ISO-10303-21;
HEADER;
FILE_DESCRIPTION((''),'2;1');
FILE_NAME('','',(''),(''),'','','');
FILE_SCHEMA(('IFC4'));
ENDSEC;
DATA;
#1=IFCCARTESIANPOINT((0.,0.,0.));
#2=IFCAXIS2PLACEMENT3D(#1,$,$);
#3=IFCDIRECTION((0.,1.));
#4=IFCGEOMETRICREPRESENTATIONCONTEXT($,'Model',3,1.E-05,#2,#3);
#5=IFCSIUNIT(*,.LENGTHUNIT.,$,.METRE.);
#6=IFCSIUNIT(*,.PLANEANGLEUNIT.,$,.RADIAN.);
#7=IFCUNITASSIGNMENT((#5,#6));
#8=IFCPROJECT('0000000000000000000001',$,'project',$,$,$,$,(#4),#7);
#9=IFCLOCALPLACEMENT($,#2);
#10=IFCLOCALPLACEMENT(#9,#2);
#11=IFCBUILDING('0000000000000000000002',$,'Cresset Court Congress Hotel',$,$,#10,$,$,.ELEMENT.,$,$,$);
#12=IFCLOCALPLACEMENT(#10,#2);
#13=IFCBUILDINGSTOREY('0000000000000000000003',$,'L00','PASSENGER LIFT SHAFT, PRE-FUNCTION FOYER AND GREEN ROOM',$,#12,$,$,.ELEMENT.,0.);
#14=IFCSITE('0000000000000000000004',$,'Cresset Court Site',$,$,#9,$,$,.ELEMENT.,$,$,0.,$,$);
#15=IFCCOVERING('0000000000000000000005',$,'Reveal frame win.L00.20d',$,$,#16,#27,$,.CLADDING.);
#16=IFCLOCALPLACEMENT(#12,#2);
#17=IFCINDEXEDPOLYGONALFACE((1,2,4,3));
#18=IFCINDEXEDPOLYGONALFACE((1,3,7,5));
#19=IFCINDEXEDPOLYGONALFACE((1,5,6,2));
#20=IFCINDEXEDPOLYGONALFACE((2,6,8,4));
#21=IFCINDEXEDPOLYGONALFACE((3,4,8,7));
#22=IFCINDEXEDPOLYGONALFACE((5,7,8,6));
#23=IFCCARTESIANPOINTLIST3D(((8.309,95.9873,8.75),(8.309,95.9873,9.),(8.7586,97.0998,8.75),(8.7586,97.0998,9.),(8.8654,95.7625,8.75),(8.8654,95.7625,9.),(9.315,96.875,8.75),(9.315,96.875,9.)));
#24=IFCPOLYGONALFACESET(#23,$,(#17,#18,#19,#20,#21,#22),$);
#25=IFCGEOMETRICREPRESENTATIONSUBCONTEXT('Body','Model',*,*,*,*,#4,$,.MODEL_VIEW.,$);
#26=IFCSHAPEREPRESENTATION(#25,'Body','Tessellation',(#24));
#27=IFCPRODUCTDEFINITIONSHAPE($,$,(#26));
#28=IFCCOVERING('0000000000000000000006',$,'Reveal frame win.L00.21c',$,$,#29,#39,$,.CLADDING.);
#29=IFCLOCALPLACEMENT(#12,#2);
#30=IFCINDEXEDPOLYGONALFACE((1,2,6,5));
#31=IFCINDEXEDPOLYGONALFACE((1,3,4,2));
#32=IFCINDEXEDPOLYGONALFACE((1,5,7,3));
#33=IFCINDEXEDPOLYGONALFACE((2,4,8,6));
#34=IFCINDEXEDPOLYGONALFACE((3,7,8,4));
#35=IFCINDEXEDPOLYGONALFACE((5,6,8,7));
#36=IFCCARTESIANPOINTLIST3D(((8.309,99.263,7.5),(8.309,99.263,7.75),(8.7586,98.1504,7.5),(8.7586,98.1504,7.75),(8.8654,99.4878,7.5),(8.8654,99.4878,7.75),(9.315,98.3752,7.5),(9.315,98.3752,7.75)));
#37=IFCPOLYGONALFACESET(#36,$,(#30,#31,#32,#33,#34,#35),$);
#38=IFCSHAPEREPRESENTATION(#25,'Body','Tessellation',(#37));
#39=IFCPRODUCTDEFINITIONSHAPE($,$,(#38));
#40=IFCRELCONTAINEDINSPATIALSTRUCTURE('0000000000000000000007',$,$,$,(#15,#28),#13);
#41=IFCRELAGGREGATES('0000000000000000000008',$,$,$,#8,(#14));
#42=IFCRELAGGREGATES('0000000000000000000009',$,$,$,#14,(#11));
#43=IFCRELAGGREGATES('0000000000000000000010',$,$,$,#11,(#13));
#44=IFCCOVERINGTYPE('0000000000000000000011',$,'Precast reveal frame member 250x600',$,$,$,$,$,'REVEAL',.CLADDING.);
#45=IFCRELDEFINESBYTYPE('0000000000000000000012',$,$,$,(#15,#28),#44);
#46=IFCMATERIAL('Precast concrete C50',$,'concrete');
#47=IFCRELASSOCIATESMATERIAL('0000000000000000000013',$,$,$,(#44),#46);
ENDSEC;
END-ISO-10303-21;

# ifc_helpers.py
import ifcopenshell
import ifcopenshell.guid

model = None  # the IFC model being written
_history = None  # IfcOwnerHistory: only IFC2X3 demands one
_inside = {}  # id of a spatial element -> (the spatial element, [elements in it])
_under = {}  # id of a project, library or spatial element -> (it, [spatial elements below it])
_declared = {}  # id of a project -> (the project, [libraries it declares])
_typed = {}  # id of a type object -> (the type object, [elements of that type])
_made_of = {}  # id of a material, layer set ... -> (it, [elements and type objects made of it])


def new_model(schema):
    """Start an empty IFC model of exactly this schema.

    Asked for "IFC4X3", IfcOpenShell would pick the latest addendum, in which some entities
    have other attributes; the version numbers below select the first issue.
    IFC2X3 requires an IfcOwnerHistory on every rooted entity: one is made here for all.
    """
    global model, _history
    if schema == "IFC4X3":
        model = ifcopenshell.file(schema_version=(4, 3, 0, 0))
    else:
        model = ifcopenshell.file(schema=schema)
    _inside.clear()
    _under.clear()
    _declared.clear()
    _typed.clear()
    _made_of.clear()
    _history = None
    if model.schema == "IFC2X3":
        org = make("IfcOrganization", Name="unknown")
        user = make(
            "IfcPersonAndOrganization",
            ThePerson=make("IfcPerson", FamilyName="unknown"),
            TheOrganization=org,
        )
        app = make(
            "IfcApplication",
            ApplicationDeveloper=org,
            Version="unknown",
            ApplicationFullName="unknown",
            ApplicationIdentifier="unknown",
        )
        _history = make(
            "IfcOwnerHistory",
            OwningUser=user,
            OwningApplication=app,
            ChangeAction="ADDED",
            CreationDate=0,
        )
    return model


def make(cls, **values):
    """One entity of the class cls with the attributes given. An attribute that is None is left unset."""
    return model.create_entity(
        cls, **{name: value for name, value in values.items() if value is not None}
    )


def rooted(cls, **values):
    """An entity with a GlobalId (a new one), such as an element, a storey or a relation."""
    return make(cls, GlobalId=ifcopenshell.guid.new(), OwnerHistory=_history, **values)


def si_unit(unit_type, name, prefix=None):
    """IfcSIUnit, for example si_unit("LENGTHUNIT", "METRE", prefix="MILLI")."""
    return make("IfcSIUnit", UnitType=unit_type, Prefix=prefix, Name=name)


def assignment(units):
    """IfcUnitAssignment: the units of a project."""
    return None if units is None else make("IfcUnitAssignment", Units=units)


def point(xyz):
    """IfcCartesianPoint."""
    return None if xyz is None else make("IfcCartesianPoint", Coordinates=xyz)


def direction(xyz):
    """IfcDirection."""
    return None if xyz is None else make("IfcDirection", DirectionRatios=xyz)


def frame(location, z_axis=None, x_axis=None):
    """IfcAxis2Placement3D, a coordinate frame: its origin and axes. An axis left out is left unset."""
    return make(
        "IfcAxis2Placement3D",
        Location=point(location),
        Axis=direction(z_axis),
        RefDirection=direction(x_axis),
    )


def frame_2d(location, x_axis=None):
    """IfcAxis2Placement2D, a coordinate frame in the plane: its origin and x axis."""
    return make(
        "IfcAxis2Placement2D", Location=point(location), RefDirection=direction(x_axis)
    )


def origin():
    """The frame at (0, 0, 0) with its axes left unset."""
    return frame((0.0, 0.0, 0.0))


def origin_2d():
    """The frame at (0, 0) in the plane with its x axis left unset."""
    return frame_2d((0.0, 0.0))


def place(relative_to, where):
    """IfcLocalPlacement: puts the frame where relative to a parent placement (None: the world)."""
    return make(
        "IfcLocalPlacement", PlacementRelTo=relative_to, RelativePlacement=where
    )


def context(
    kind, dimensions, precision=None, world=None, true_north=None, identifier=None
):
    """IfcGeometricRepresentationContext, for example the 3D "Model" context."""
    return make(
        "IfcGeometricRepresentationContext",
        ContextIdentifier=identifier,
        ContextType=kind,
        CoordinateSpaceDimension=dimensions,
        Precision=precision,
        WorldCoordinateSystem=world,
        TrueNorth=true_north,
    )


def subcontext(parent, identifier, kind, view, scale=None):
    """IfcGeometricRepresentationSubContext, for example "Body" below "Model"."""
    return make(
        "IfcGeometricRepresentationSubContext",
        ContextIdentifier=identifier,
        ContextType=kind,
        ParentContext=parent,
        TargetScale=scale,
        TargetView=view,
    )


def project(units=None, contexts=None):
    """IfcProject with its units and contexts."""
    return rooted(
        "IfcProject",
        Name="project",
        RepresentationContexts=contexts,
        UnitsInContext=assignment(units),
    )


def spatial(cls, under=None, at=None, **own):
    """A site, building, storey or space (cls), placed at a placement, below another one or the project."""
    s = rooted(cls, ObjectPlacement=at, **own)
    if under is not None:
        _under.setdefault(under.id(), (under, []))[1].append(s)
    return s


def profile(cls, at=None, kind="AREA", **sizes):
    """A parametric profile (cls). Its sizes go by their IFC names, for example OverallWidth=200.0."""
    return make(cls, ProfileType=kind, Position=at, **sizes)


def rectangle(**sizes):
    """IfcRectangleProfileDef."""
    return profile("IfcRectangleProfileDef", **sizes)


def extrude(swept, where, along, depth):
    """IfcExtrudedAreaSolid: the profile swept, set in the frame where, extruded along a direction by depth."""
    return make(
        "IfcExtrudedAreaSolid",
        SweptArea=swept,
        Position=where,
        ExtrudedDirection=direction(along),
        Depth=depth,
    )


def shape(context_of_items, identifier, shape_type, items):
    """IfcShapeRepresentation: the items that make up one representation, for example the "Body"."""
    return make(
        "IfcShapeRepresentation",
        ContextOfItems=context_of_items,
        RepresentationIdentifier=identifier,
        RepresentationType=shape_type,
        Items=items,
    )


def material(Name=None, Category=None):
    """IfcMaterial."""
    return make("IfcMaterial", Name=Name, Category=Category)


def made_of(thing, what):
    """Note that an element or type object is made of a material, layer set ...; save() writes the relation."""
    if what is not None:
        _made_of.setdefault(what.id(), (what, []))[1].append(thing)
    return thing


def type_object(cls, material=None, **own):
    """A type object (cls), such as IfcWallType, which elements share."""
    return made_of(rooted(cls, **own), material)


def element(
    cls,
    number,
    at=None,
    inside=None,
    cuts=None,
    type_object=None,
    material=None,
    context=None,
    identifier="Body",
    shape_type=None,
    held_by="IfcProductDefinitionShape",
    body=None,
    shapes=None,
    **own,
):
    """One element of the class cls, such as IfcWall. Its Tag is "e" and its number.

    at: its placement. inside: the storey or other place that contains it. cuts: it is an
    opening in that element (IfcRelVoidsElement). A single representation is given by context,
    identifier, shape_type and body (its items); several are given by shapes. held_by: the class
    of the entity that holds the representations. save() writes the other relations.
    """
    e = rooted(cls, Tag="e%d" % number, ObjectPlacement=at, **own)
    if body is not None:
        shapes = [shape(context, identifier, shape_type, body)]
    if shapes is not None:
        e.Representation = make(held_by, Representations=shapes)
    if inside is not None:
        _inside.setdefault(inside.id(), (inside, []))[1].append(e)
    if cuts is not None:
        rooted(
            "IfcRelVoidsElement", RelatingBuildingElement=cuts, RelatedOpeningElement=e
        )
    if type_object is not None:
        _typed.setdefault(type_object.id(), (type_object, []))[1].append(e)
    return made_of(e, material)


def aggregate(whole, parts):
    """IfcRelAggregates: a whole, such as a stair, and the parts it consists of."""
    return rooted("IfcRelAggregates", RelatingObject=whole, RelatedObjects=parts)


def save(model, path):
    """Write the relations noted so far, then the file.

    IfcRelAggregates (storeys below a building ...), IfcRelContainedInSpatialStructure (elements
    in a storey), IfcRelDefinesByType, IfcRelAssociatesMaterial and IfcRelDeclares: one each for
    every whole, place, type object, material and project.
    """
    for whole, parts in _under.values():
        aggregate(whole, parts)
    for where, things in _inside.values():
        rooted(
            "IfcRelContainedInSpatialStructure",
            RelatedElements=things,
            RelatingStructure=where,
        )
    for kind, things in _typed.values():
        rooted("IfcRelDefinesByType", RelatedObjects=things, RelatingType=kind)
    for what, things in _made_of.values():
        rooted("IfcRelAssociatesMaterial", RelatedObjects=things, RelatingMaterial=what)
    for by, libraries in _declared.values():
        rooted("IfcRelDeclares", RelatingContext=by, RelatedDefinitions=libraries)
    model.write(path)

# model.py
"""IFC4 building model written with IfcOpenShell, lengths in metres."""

from ifc_helpers import new_model, si_unit, direction, frame, origin, origin_2d, place, context, subcontext, project, spatial, rectangle, extrude, material, type_object, element, save


model = new_model("IFC4")

# Units and contexts
model_context = context("Model", 3, precision=1e-05, world=origin(), true_north=direction((0.0, 1.0)))
body_context = subcontext(model_context, "Body", "Model", "MODEL_VIEW")
ifc_project = project(units=[si_unit("LENGTHUNIT", "METRE"), si_unit("PLANEANGLEUNIT", "RADIAN")], contexts=[model_context])

# Site, building, storey
site_placement = place(None, origin())
site = spatial("IfcSite", under=ifc_project, at=site_placement, Name="Cresset Court Site", CompositionType="ELEMENT", RefElevation=0.0)
building_placement = place(site_placement, origin())
building = spatial("IfcBuilding", under=site, at=building_placement, Name="Cresset Court Congress Hotel", CompositionType="ELEMENT")
storey_placement = place(building_placement, origin())
storey = spatial("IfcBuildingStorey", under=building, at=storey_placement, Name="L00", Description="PASSENGER LIFT SHAFT, PRE-FUNCTION FOYER AND GREEN ROOM", CompositionType="ELEMENT", Elevation=0.0)

# Coverings
ifc_material_1 = material(Name="Precast concrete C50", Category="concrete")
covering_type = type_object("IfcCoveringType", Name="Precast reveal frame member 250x600", ElementType="REVEAL", PredefinedType="CLADDING", material=ifc_material_1)
for number, where, z_axis, x_axis, name in (
    (1, (8.812, 96.4312, 8.75), (0.0, 0.0, 1.0), (0.374623, 0.927177, 0.0), "Reveal frame win.L00.20d"),
    (2, (8.812, 98.8191, 7.5), (0.0, 0.0, 1.0), (-0.374623, 0.927177, 0.0), "Reveal frame win.L00.21c"),
):
    element("IfcCovering", number, at=place(storey_placement, frame(where, z_axis=z_axis, x_axis=x_axis)), inside=storey, type_object=covering_type, Name=name, PredefinedType="CLADDING", context=body_context, shape_type="SweptSolid", body=[
        extrude(rectangle(XDim=1.2, YDim=0.6001, at=origin_2d()), origin(), (0.0, 0.0, 1.0), 0.25),
    ])

save(model, "model.ifc")
